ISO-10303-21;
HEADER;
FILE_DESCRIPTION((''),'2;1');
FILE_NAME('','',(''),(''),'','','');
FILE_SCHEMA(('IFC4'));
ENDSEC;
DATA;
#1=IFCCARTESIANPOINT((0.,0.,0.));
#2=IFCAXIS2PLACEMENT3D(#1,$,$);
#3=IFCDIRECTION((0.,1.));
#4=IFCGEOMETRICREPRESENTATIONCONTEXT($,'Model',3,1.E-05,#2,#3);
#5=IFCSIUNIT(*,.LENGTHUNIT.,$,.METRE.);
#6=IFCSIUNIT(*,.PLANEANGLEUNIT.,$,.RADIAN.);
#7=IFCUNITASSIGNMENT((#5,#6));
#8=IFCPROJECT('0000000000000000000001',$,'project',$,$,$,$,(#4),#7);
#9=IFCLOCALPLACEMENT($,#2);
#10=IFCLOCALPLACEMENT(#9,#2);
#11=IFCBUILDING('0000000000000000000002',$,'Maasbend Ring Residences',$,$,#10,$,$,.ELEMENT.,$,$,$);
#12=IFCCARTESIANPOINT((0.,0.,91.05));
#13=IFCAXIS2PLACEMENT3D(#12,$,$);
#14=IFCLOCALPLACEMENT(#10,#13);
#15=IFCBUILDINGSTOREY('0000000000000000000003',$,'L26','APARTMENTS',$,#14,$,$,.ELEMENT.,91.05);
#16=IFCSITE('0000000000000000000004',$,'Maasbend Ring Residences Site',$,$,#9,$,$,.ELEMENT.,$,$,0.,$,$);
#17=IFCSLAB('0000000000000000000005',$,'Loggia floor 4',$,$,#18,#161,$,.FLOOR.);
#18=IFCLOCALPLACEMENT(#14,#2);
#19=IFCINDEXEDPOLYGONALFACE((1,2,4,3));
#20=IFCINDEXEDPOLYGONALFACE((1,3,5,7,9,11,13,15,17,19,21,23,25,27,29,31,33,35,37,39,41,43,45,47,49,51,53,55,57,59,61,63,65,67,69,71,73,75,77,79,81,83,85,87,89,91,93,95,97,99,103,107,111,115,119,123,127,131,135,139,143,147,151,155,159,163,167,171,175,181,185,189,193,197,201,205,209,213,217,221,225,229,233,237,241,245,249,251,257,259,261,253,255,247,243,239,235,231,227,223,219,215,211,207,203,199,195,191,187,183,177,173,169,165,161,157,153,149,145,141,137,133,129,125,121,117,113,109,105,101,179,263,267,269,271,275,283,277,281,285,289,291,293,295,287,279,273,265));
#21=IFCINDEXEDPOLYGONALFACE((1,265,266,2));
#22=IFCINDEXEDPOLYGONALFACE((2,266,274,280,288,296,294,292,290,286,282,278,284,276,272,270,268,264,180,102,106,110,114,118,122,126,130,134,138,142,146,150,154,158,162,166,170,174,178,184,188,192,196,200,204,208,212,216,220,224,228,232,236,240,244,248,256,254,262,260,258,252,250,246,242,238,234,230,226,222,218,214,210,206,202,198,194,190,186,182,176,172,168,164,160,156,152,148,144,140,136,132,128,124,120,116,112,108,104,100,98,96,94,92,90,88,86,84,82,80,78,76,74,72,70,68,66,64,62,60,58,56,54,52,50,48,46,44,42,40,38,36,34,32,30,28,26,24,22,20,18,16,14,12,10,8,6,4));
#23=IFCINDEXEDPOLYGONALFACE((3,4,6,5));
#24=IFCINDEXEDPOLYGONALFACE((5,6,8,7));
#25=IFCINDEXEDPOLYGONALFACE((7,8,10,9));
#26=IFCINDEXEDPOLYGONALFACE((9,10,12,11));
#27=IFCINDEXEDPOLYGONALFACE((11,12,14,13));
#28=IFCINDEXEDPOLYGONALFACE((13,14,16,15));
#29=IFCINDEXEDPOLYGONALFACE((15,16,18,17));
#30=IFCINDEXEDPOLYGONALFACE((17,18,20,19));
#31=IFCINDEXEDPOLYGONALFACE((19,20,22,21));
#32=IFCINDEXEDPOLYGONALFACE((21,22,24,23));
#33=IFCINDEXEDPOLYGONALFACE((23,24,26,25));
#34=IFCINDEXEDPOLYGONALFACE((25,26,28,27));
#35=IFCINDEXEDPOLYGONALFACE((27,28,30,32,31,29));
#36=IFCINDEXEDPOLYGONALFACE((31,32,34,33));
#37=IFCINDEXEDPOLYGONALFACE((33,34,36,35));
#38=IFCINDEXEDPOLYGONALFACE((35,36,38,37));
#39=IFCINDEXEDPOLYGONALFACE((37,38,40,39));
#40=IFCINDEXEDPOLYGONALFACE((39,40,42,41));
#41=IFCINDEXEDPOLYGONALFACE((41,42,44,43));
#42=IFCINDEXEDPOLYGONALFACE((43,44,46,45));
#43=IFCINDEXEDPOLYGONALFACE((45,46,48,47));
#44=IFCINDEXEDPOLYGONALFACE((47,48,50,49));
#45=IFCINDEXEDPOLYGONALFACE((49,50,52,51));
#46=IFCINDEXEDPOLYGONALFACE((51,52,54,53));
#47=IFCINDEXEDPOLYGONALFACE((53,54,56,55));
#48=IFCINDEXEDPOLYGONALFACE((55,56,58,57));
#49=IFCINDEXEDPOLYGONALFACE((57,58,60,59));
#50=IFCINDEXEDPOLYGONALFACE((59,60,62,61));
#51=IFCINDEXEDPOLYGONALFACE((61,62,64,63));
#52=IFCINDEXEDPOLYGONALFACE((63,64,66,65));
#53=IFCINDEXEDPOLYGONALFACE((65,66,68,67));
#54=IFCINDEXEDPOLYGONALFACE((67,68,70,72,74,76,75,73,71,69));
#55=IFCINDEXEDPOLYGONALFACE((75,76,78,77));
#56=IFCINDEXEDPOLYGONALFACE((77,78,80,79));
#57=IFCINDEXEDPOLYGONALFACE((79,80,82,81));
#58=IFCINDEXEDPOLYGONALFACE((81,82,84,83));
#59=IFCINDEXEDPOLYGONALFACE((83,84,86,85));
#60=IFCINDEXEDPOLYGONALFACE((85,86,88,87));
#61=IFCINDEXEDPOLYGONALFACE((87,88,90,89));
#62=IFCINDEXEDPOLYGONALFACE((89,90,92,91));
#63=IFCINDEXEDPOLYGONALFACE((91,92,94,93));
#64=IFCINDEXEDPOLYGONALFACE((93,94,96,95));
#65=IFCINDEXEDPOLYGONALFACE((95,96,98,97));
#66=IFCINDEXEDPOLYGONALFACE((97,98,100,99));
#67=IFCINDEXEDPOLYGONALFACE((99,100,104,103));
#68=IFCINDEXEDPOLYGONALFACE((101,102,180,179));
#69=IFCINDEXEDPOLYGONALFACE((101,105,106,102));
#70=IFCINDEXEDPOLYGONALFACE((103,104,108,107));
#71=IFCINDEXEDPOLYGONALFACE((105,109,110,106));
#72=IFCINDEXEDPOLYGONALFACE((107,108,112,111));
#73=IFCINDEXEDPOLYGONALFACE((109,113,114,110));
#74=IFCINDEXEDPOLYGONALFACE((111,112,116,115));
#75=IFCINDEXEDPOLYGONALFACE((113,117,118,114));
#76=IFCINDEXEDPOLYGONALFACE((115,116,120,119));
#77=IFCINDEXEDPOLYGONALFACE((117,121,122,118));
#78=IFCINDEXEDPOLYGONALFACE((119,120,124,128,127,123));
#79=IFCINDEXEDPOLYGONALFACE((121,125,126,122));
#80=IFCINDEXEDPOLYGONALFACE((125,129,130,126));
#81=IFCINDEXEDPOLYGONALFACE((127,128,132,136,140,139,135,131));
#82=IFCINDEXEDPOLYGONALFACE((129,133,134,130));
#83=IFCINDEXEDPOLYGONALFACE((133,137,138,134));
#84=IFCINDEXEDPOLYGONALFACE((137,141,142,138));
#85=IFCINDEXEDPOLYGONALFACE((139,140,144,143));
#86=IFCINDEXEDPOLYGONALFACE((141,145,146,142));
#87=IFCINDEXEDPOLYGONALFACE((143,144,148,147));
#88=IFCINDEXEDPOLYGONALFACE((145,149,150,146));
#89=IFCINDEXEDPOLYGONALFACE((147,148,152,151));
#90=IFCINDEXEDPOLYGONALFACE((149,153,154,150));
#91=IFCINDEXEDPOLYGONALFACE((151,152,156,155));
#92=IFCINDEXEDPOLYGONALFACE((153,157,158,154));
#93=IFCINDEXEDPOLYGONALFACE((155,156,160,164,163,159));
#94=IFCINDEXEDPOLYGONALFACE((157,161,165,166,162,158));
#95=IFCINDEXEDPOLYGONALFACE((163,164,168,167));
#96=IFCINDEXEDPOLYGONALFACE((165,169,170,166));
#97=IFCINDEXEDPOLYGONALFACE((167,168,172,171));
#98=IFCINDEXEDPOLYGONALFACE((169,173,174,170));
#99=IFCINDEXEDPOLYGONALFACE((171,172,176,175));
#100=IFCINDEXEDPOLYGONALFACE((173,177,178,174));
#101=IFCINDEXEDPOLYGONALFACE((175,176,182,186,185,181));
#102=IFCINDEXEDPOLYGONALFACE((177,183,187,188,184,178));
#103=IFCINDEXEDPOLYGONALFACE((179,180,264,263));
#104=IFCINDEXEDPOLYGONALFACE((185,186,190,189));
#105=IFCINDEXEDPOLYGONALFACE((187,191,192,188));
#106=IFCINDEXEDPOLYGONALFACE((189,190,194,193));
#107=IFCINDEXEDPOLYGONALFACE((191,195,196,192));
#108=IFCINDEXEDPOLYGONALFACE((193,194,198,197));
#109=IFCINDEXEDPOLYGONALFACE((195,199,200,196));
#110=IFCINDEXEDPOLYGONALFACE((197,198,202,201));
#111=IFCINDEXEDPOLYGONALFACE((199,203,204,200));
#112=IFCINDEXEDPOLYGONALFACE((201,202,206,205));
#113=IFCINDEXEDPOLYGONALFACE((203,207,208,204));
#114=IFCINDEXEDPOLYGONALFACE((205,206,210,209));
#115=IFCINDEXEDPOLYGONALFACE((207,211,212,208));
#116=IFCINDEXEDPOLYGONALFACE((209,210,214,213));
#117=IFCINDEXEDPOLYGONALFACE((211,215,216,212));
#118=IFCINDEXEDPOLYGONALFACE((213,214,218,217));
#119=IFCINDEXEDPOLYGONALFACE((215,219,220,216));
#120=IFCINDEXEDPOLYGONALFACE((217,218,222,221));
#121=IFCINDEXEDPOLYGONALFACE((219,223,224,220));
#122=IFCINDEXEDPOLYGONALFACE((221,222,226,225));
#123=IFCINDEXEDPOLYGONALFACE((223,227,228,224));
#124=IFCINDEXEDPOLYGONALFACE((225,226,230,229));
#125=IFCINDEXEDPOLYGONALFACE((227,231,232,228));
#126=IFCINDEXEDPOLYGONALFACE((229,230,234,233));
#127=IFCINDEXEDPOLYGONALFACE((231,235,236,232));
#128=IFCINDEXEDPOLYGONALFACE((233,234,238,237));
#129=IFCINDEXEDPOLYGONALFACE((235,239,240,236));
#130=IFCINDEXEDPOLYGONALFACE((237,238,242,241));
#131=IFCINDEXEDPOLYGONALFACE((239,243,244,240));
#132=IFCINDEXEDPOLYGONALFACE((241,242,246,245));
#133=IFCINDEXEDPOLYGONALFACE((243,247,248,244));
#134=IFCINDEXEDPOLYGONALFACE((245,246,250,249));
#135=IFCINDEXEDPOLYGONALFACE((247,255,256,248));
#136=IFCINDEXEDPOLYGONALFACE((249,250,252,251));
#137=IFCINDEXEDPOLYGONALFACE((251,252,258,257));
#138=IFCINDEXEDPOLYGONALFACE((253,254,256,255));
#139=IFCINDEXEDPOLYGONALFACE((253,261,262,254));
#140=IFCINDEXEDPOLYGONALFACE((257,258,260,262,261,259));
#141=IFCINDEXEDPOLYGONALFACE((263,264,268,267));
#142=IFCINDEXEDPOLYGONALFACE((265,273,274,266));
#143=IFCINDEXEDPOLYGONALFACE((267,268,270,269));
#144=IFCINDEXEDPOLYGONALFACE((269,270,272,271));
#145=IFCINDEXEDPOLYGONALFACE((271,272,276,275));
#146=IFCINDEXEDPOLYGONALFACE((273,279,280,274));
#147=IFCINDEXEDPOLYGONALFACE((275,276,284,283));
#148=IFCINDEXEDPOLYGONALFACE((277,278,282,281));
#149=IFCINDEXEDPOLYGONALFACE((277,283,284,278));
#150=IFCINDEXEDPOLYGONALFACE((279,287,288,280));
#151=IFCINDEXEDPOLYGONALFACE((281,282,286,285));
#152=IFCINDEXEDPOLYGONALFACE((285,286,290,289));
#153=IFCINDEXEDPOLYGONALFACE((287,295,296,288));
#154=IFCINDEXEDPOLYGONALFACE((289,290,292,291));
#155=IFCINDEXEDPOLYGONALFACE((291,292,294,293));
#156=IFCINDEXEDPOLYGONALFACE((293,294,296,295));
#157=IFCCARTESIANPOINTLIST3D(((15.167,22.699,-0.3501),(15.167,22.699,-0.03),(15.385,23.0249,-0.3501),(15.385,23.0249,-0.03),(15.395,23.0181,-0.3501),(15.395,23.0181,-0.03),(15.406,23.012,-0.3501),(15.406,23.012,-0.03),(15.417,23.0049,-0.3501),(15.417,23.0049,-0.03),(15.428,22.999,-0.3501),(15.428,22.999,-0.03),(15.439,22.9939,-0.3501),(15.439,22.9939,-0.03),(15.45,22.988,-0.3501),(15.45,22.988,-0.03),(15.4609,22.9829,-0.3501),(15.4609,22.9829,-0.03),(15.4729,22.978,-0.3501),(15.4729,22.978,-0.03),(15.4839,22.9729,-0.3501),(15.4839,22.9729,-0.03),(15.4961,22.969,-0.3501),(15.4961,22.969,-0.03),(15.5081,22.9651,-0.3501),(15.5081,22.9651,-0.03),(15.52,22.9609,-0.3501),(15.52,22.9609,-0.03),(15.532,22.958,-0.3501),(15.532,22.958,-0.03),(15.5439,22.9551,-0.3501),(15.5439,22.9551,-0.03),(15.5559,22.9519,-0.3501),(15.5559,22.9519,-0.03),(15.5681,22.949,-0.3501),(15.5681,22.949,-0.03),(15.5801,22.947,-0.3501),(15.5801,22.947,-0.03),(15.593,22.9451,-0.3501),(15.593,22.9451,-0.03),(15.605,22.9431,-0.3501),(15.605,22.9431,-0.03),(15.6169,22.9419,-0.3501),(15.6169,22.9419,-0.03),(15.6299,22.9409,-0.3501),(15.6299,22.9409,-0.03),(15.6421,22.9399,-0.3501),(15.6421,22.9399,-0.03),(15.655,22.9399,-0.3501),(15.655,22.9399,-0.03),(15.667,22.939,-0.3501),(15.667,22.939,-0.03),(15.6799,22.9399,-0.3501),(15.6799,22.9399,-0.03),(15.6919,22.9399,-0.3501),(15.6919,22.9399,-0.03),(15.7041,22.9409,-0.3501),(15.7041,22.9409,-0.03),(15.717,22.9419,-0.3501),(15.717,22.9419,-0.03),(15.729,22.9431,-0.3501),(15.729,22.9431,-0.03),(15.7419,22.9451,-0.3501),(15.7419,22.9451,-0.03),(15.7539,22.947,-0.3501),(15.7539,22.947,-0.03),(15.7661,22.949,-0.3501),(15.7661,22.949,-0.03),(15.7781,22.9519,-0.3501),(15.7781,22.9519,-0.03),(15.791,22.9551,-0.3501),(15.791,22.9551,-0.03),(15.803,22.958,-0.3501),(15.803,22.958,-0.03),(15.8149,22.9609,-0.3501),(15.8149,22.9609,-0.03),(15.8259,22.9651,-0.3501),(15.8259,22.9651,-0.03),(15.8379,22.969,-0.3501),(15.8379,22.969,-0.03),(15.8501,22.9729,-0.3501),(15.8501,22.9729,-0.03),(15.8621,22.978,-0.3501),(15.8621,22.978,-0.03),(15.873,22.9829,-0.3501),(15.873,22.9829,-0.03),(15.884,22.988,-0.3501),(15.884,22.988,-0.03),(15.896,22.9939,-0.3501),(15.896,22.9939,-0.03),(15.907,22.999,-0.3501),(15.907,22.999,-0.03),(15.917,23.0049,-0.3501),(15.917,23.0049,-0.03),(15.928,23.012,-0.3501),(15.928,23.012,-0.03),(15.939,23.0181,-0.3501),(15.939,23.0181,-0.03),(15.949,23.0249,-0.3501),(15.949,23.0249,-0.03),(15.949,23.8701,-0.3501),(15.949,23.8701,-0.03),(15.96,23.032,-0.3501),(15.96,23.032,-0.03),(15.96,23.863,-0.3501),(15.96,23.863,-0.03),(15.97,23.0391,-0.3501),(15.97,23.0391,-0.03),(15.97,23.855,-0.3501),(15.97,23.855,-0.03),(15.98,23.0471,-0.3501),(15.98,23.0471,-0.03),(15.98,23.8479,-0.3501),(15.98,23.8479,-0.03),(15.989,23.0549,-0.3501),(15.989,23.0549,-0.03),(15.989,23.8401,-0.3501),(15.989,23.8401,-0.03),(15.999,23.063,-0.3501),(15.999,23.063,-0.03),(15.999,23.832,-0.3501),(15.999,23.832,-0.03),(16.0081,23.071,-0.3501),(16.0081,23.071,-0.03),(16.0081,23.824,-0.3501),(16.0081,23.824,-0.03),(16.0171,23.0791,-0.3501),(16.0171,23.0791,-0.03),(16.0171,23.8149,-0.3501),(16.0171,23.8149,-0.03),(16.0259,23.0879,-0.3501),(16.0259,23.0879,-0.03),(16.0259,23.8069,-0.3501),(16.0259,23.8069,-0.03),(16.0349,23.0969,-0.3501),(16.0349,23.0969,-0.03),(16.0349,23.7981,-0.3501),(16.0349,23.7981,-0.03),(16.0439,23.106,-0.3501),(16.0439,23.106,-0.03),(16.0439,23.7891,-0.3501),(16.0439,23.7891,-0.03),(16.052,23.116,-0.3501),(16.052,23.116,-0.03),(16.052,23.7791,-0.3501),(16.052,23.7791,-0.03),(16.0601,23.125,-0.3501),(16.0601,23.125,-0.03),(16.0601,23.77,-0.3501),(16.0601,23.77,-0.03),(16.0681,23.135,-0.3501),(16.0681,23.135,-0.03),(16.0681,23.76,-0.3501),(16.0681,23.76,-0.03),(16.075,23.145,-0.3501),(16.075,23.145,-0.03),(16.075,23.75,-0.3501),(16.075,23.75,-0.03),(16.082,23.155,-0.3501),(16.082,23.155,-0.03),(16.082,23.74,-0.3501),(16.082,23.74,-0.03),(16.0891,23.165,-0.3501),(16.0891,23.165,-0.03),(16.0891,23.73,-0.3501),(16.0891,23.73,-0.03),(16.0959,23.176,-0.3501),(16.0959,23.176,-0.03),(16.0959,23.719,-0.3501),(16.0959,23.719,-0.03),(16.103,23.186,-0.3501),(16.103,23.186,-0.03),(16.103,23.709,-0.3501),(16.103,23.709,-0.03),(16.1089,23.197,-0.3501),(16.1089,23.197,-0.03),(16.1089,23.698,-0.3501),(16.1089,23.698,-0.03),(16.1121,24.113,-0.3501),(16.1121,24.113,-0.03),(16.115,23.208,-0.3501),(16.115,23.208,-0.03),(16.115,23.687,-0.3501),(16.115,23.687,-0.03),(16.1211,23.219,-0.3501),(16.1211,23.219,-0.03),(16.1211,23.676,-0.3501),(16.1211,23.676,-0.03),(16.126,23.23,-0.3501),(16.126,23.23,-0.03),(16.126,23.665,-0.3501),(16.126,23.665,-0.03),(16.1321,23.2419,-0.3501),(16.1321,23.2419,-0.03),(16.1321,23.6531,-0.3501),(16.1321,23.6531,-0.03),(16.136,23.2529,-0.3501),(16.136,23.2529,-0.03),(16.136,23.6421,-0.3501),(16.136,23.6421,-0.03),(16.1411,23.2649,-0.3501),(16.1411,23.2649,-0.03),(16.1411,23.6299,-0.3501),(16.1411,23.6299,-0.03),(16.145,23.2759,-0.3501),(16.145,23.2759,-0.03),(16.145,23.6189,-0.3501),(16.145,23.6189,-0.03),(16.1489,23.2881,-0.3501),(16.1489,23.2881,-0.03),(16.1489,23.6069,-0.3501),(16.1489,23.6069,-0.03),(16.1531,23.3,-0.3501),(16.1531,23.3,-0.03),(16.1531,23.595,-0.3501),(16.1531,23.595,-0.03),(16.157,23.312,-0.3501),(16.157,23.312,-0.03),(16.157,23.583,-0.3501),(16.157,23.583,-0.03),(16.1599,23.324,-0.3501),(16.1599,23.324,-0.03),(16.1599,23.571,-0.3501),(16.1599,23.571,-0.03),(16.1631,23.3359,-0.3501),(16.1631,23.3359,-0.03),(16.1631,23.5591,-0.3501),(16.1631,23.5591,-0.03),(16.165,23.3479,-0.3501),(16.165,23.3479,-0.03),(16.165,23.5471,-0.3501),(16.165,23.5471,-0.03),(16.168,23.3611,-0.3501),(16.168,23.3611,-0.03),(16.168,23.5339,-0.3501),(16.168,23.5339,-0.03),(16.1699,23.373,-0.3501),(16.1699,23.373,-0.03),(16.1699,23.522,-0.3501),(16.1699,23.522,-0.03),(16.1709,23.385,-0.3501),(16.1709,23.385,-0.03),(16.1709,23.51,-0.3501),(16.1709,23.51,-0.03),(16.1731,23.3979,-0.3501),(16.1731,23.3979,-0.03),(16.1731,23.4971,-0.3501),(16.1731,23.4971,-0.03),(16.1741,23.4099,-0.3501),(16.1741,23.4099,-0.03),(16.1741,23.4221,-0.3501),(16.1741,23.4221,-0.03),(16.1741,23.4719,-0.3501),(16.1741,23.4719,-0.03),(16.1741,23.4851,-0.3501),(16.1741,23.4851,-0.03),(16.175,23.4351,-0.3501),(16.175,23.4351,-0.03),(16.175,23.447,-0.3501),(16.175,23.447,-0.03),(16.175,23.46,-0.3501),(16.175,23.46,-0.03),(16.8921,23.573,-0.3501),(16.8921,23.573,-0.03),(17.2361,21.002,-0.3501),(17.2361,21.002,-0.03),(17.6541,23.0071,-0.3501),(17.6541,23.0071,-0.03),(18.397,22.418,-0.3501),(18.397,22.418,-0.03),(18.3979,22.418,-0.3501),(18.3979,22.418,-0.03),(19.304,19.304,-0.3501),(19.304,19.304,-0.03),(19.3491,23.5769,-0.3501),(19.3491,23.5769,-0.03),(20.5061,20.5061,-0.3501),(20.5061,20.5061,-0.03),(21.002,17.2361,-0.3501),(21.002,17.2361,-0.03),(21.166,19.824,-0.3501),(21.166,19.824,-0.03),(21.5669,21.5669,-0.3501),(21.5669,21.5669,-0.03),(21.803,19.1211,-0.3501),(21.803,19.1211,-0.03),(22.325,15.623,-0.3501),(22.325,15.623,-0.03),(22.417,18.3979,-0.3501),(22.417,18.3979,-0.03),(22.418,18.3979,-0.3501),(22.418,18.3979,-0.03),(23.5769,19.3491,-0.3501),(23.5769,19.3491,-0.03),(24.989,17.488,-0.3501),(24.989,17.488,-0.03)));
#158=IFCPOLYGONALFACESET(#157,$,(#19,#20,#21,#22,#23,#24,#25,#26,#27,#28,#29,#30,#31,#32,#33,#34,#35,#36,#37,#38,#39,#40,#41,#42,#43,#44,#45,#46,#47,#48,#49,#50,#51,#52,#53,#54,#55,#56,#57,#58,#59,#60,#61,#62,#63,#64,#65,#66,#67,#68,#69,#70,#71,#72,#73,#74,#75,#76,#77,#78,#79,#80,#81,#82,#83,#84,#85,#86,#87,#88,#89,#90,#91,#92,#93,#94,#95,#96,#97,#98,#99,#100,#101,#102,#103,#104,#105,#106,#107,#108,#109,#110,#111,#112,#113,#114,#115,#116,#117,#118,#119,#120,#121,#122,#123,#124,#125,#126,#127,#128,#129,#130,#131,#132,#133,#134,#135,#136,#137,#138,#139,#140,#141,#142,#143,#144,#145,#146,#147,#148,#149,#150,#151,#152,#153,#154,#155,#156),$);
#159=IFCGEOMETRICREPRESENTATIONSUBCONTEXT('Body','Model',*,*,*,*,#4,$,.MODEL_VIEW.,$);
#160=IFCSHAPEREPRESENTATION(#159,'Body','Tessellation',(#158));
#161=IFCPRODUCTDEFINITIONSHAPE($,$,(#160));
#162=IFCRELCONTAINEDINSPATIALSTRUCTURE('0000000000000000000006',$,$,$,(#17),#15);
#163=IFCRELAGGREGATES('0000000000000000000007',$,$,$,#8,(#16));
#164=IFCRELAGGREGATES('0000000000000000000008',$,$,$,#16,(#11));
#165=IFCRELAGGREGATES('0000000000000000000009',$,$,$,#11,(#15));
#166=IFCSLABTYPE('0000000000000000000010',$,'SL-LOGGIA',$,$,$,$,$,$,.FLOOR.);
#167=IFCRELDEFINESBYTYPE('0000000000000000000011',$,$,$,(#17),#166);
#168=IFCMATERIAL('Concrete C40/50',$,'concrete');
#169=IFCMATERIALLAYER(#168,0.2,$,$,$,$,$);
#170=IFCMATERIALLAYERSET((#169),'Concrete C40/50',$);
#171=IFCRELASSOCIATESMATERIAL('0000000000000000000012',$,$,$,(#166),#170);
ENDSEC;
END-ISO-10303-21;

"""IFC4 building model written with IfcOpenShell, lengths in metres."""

from ifc_helpers import new_model, si_unit, direction, frame, origin, place, context, subcontext, project, spatial, polyline, outline, extrude, material, layer, layer_set, type_object, element, save


model = new_model("IFC4")

# Units and contexts
model_context = context("Model", 3, precision=1e-05, world=origin(), true_north=direction((0.0, 1.0)))
body_context = subcontext(model_context, "Body", "Model", "MODEL_VIEW")
ifc_project = project(units=[si_unit("LENGTHUNIT", "METRE"), si_unit("PLANEANGLEUNIT", "RADIAN")], contexts=[model_context])

# Site, building, storey
site_placement = place(None, origin())
site = spatial("IfcSite", under=ifc_project, at=site_placement, Name="Maasbend Ring Residences Site", CompositionType="ELEMENT", RefElevation=0.0)
building_placement = place(site_placement, origin())
building = spatial("IfcBuilding", under=site, at=building_placement, Name="Maasbend Ring Residences", CompositionType="ELEMENT")
storey_placement = place(building_placement, frame((0.0, 0.0, 91.05)))
storey = spatial("IfcBuildingStorey", under=building, at=storey_placement, Name="L26", Description="APARTMENTS", CompositionType="ELEMENT", Elevation=91.05)

# Slab
ifc_material_1 = material(Name="Concrete C40/50", Category="concrete")
ifc_layer_1 = layer(ifc_material_1, 0.2)
ifc_layer_set_1 = layer_set([ifc_layer_1], Name="Concrete C40/50")
slab_type_1 = type_object("IfcSlabType", Name="SL-LOGGIA", PredefinedType="FLOOR", material=ifc_layer_set_1)
slab_1_placement = place(storey_placement, frame((0.0, 0.0, -0.3501)))
element("IfcSlab", 1, at=slab_1_placement, inside=storey, type_object=slab_type_1, Name="Loggia floor 4", PredefinedType="FLOOR", context=body_context, shape_type="SweptSolid", body=[
    extrude(outline(polyline([(15.406, 23.012), (15.417, 23.0049), (15.428, 22.999), (15.439, 22.9939), (15.45, 22.988), (15.4609, 22.9829), (15.4729, 22.978), (15.4839, 22.9729), (15.4961, 22.969), (15.5081, 22.9651), (15.52, 22.9609), (15.532, 22.958), (15.5439, 22.9551), (15.5559, 22.9519), (15.5681, 22.949), (15.5801, 22.947), (15.593, 22.9451), (15.605, 22.9431), (15.6169, 22.9419), (15.6299, 22.9409), (15.6421, 22.9399), (15.655, 22.9399), (15.667, 22.939), (15.6799, 22.9399), (15.6919, 22.9399), (15.7041, 22.9409), (15.717, 22.9419), (15.729, 22.9431), (15.7419, 22.9451), (15.7539, 22.947), (15.7661, 22.949), (15.7781, 22.9519), (15.791, 22.9551), (15.803, 22.958), (15.8149, 22.9609), (15.8259, 22.9651), (15.8379, 22.969), (15.8501, 22.9729), (15.8621, 22.978), (15.873, 22.9829), (15.884, 22.988), (15.896, 22.9939), (15.907, 22.999), (15.917, 23.0049), (15.928, 23.012), (15.939, 23.0181), (15.949, 23.0249), (15.96, 23.032), (15.97, 23.0391), (15.98, 23.0471), (15.989, 23.0549), (15.999, 23.063), (16.0081, 23.071), (16.0171, 23.0791), (16.0259, 23.0879), (16.0349, 23.0969), (16.0439, 23.106), (16.052, 23.116), (16.0601, 23.125), (16.0681, 23.135), (16.075, 23.145), (16.082, 23.155), (16.0891, 23.165), (16.0959, 23.176), (16.103, 23.186), (16.1089, 23.197), (16.115, 23.208), (16.1211, 23.219), (16.126, 23.23), (16.1321, 23.2419), (16.136, 23.2529), (16.1411, 23.2649), (16.145, 23.2759), (16.1489, 23.2881), (16.1531, 23.3), (16.157, 23.312), (16.1599, 23.324), (16.1631, 23.3359), (16.165, 23.3479), (16.168, 23.3611), (16.1699, 23.373), (16.1709, 23.385), (16.1731, 23.3979), (16.1741, 23.4099), (16.1741, 23.4221), (16.175, 23.4351), (16.175, 23.447), (16.175, 23.46), (16.1741, 23.4719), (16.1741, 23.4851), (16.1731, 23.4971), (16.1709, 23.51), (16.1699, 23.522), (16.168, 23.5339), (16.165, 23.5471), (16.1631, 23.5591), (16.1599, 23.571), (16.157, 23.583), (16.1531, 23.595), (16.1489, 23.6069), (16.145, 23.6189), (16.1411, 23.6299), (16.136, 23.6421), (16.1321, 23.6531), (16.126, 23.665), (16.1211, 23.676), (16.115, 23.687), (16.1089, 23.698), (16.103, 23.709), (16.0959, 23.719), (16.0891, 23.73), (16.082, 23.74), (16.075, 23.75), (16.0681, 23.76), (16.0601, 23.77), (16.052, 23.7791), (16.0439, 23.7891), (16.0349, 23.7981), (16.0259, 23.8069), (16.0171, 23.8149), (16.0081, 23.824), (15.999, 23.832), (15.989, 23.8401), (15.98, 23.8479), (15.97, 23.855), (15.96, 23.863), (15.949, 23.8701), (15.949, 23.8701), (16.1121, 24.113), (16.1121, 24.113), (16.1121, 24.113), (16.8921, 23.573), (16.8921, 23.573), (17.6541, 23.0071), (17.6541, 23.0071), (18.397, 22.418), (18.397, 22.418), (18.397, 22.418), (18.397, 22.418), (18.397, 22.418), (18.397, 22.418), (18.397, 22.418), (18.397, 22.418), (18.397, 22.418), (18.397, 22.418), (18.397, 22.418), (18.3979, 22.418), (18.3979, 22.418), (18.3979, 22.418), (18.3979, 22.418), (18.3979, 22.418), (18.3979, 22.418), (19.3491, 23.5769), (19.3491, 23.5769), (19.3491, 23.5769), (21.5669, 21.5669), (21.5669, 21.5669), (21.5669, 21.5669), (20.5061, 20.5061), (20.5061, 20.5061), (20.5061, 20.5061), (20.5061, 20.5061), (20.5061, 20.5061), (20.5061, 20.5061), (20.5061, 20.5061), (20.5061, 20.5061), (20.5061, 20.5061), (20.5061, 20.5061), (20.5061, 20.5061), (20.5061, 20.5061), (20.5061, 20.5061), (20.5061, 20.5061), (20.5061, 20.5061), (20.5061, 20.5061), (20.5061, 20.5061), (21.166, 19.824), (21.166, 19.824), (21.803, 19.1211), (21.803, 19.1211), (22.417, 18.3979), (22.417, 18.3979), (22.417, 18.3979), (22.417, 18.3979), (22.417, 18.3979), (22.417, 18.3979), (22.417, 18.3979), (22.417, 18.3979), (22.417, 18.3979), (22.417, 18.3979), (22.417, 18.3979), (22.417, 18.3979), (22.418, 18.3979), (22.418, 18.3979), (22.418, 18.3979), (22.418, 18.3979), (22.418, 18.3979), (23.5769, 19.3491), (23.5769, 19.3491), (23.5769, 19.3491), (24.989, 17.488), (24.989, 17.488), (24.989, 17.488), (22.325, 15.623), (22.325, 15.623), (22.325, 15.623), (21.002, 17.2361), (19.304, 19.304), (19.304, 19.304), (19.304, 19.304), (17.2361, 21.002), (15.167, 22.699), (15.167, 22.699), (15.167, 22.699), (15.385, 23.0249), (15.385, 23.0249), (15.395, 23.0181), (15.406, 23.012)])), origin(), (0.0, 0.0, 1.0), 0.3201),
])

save(model, "model.ifc")
